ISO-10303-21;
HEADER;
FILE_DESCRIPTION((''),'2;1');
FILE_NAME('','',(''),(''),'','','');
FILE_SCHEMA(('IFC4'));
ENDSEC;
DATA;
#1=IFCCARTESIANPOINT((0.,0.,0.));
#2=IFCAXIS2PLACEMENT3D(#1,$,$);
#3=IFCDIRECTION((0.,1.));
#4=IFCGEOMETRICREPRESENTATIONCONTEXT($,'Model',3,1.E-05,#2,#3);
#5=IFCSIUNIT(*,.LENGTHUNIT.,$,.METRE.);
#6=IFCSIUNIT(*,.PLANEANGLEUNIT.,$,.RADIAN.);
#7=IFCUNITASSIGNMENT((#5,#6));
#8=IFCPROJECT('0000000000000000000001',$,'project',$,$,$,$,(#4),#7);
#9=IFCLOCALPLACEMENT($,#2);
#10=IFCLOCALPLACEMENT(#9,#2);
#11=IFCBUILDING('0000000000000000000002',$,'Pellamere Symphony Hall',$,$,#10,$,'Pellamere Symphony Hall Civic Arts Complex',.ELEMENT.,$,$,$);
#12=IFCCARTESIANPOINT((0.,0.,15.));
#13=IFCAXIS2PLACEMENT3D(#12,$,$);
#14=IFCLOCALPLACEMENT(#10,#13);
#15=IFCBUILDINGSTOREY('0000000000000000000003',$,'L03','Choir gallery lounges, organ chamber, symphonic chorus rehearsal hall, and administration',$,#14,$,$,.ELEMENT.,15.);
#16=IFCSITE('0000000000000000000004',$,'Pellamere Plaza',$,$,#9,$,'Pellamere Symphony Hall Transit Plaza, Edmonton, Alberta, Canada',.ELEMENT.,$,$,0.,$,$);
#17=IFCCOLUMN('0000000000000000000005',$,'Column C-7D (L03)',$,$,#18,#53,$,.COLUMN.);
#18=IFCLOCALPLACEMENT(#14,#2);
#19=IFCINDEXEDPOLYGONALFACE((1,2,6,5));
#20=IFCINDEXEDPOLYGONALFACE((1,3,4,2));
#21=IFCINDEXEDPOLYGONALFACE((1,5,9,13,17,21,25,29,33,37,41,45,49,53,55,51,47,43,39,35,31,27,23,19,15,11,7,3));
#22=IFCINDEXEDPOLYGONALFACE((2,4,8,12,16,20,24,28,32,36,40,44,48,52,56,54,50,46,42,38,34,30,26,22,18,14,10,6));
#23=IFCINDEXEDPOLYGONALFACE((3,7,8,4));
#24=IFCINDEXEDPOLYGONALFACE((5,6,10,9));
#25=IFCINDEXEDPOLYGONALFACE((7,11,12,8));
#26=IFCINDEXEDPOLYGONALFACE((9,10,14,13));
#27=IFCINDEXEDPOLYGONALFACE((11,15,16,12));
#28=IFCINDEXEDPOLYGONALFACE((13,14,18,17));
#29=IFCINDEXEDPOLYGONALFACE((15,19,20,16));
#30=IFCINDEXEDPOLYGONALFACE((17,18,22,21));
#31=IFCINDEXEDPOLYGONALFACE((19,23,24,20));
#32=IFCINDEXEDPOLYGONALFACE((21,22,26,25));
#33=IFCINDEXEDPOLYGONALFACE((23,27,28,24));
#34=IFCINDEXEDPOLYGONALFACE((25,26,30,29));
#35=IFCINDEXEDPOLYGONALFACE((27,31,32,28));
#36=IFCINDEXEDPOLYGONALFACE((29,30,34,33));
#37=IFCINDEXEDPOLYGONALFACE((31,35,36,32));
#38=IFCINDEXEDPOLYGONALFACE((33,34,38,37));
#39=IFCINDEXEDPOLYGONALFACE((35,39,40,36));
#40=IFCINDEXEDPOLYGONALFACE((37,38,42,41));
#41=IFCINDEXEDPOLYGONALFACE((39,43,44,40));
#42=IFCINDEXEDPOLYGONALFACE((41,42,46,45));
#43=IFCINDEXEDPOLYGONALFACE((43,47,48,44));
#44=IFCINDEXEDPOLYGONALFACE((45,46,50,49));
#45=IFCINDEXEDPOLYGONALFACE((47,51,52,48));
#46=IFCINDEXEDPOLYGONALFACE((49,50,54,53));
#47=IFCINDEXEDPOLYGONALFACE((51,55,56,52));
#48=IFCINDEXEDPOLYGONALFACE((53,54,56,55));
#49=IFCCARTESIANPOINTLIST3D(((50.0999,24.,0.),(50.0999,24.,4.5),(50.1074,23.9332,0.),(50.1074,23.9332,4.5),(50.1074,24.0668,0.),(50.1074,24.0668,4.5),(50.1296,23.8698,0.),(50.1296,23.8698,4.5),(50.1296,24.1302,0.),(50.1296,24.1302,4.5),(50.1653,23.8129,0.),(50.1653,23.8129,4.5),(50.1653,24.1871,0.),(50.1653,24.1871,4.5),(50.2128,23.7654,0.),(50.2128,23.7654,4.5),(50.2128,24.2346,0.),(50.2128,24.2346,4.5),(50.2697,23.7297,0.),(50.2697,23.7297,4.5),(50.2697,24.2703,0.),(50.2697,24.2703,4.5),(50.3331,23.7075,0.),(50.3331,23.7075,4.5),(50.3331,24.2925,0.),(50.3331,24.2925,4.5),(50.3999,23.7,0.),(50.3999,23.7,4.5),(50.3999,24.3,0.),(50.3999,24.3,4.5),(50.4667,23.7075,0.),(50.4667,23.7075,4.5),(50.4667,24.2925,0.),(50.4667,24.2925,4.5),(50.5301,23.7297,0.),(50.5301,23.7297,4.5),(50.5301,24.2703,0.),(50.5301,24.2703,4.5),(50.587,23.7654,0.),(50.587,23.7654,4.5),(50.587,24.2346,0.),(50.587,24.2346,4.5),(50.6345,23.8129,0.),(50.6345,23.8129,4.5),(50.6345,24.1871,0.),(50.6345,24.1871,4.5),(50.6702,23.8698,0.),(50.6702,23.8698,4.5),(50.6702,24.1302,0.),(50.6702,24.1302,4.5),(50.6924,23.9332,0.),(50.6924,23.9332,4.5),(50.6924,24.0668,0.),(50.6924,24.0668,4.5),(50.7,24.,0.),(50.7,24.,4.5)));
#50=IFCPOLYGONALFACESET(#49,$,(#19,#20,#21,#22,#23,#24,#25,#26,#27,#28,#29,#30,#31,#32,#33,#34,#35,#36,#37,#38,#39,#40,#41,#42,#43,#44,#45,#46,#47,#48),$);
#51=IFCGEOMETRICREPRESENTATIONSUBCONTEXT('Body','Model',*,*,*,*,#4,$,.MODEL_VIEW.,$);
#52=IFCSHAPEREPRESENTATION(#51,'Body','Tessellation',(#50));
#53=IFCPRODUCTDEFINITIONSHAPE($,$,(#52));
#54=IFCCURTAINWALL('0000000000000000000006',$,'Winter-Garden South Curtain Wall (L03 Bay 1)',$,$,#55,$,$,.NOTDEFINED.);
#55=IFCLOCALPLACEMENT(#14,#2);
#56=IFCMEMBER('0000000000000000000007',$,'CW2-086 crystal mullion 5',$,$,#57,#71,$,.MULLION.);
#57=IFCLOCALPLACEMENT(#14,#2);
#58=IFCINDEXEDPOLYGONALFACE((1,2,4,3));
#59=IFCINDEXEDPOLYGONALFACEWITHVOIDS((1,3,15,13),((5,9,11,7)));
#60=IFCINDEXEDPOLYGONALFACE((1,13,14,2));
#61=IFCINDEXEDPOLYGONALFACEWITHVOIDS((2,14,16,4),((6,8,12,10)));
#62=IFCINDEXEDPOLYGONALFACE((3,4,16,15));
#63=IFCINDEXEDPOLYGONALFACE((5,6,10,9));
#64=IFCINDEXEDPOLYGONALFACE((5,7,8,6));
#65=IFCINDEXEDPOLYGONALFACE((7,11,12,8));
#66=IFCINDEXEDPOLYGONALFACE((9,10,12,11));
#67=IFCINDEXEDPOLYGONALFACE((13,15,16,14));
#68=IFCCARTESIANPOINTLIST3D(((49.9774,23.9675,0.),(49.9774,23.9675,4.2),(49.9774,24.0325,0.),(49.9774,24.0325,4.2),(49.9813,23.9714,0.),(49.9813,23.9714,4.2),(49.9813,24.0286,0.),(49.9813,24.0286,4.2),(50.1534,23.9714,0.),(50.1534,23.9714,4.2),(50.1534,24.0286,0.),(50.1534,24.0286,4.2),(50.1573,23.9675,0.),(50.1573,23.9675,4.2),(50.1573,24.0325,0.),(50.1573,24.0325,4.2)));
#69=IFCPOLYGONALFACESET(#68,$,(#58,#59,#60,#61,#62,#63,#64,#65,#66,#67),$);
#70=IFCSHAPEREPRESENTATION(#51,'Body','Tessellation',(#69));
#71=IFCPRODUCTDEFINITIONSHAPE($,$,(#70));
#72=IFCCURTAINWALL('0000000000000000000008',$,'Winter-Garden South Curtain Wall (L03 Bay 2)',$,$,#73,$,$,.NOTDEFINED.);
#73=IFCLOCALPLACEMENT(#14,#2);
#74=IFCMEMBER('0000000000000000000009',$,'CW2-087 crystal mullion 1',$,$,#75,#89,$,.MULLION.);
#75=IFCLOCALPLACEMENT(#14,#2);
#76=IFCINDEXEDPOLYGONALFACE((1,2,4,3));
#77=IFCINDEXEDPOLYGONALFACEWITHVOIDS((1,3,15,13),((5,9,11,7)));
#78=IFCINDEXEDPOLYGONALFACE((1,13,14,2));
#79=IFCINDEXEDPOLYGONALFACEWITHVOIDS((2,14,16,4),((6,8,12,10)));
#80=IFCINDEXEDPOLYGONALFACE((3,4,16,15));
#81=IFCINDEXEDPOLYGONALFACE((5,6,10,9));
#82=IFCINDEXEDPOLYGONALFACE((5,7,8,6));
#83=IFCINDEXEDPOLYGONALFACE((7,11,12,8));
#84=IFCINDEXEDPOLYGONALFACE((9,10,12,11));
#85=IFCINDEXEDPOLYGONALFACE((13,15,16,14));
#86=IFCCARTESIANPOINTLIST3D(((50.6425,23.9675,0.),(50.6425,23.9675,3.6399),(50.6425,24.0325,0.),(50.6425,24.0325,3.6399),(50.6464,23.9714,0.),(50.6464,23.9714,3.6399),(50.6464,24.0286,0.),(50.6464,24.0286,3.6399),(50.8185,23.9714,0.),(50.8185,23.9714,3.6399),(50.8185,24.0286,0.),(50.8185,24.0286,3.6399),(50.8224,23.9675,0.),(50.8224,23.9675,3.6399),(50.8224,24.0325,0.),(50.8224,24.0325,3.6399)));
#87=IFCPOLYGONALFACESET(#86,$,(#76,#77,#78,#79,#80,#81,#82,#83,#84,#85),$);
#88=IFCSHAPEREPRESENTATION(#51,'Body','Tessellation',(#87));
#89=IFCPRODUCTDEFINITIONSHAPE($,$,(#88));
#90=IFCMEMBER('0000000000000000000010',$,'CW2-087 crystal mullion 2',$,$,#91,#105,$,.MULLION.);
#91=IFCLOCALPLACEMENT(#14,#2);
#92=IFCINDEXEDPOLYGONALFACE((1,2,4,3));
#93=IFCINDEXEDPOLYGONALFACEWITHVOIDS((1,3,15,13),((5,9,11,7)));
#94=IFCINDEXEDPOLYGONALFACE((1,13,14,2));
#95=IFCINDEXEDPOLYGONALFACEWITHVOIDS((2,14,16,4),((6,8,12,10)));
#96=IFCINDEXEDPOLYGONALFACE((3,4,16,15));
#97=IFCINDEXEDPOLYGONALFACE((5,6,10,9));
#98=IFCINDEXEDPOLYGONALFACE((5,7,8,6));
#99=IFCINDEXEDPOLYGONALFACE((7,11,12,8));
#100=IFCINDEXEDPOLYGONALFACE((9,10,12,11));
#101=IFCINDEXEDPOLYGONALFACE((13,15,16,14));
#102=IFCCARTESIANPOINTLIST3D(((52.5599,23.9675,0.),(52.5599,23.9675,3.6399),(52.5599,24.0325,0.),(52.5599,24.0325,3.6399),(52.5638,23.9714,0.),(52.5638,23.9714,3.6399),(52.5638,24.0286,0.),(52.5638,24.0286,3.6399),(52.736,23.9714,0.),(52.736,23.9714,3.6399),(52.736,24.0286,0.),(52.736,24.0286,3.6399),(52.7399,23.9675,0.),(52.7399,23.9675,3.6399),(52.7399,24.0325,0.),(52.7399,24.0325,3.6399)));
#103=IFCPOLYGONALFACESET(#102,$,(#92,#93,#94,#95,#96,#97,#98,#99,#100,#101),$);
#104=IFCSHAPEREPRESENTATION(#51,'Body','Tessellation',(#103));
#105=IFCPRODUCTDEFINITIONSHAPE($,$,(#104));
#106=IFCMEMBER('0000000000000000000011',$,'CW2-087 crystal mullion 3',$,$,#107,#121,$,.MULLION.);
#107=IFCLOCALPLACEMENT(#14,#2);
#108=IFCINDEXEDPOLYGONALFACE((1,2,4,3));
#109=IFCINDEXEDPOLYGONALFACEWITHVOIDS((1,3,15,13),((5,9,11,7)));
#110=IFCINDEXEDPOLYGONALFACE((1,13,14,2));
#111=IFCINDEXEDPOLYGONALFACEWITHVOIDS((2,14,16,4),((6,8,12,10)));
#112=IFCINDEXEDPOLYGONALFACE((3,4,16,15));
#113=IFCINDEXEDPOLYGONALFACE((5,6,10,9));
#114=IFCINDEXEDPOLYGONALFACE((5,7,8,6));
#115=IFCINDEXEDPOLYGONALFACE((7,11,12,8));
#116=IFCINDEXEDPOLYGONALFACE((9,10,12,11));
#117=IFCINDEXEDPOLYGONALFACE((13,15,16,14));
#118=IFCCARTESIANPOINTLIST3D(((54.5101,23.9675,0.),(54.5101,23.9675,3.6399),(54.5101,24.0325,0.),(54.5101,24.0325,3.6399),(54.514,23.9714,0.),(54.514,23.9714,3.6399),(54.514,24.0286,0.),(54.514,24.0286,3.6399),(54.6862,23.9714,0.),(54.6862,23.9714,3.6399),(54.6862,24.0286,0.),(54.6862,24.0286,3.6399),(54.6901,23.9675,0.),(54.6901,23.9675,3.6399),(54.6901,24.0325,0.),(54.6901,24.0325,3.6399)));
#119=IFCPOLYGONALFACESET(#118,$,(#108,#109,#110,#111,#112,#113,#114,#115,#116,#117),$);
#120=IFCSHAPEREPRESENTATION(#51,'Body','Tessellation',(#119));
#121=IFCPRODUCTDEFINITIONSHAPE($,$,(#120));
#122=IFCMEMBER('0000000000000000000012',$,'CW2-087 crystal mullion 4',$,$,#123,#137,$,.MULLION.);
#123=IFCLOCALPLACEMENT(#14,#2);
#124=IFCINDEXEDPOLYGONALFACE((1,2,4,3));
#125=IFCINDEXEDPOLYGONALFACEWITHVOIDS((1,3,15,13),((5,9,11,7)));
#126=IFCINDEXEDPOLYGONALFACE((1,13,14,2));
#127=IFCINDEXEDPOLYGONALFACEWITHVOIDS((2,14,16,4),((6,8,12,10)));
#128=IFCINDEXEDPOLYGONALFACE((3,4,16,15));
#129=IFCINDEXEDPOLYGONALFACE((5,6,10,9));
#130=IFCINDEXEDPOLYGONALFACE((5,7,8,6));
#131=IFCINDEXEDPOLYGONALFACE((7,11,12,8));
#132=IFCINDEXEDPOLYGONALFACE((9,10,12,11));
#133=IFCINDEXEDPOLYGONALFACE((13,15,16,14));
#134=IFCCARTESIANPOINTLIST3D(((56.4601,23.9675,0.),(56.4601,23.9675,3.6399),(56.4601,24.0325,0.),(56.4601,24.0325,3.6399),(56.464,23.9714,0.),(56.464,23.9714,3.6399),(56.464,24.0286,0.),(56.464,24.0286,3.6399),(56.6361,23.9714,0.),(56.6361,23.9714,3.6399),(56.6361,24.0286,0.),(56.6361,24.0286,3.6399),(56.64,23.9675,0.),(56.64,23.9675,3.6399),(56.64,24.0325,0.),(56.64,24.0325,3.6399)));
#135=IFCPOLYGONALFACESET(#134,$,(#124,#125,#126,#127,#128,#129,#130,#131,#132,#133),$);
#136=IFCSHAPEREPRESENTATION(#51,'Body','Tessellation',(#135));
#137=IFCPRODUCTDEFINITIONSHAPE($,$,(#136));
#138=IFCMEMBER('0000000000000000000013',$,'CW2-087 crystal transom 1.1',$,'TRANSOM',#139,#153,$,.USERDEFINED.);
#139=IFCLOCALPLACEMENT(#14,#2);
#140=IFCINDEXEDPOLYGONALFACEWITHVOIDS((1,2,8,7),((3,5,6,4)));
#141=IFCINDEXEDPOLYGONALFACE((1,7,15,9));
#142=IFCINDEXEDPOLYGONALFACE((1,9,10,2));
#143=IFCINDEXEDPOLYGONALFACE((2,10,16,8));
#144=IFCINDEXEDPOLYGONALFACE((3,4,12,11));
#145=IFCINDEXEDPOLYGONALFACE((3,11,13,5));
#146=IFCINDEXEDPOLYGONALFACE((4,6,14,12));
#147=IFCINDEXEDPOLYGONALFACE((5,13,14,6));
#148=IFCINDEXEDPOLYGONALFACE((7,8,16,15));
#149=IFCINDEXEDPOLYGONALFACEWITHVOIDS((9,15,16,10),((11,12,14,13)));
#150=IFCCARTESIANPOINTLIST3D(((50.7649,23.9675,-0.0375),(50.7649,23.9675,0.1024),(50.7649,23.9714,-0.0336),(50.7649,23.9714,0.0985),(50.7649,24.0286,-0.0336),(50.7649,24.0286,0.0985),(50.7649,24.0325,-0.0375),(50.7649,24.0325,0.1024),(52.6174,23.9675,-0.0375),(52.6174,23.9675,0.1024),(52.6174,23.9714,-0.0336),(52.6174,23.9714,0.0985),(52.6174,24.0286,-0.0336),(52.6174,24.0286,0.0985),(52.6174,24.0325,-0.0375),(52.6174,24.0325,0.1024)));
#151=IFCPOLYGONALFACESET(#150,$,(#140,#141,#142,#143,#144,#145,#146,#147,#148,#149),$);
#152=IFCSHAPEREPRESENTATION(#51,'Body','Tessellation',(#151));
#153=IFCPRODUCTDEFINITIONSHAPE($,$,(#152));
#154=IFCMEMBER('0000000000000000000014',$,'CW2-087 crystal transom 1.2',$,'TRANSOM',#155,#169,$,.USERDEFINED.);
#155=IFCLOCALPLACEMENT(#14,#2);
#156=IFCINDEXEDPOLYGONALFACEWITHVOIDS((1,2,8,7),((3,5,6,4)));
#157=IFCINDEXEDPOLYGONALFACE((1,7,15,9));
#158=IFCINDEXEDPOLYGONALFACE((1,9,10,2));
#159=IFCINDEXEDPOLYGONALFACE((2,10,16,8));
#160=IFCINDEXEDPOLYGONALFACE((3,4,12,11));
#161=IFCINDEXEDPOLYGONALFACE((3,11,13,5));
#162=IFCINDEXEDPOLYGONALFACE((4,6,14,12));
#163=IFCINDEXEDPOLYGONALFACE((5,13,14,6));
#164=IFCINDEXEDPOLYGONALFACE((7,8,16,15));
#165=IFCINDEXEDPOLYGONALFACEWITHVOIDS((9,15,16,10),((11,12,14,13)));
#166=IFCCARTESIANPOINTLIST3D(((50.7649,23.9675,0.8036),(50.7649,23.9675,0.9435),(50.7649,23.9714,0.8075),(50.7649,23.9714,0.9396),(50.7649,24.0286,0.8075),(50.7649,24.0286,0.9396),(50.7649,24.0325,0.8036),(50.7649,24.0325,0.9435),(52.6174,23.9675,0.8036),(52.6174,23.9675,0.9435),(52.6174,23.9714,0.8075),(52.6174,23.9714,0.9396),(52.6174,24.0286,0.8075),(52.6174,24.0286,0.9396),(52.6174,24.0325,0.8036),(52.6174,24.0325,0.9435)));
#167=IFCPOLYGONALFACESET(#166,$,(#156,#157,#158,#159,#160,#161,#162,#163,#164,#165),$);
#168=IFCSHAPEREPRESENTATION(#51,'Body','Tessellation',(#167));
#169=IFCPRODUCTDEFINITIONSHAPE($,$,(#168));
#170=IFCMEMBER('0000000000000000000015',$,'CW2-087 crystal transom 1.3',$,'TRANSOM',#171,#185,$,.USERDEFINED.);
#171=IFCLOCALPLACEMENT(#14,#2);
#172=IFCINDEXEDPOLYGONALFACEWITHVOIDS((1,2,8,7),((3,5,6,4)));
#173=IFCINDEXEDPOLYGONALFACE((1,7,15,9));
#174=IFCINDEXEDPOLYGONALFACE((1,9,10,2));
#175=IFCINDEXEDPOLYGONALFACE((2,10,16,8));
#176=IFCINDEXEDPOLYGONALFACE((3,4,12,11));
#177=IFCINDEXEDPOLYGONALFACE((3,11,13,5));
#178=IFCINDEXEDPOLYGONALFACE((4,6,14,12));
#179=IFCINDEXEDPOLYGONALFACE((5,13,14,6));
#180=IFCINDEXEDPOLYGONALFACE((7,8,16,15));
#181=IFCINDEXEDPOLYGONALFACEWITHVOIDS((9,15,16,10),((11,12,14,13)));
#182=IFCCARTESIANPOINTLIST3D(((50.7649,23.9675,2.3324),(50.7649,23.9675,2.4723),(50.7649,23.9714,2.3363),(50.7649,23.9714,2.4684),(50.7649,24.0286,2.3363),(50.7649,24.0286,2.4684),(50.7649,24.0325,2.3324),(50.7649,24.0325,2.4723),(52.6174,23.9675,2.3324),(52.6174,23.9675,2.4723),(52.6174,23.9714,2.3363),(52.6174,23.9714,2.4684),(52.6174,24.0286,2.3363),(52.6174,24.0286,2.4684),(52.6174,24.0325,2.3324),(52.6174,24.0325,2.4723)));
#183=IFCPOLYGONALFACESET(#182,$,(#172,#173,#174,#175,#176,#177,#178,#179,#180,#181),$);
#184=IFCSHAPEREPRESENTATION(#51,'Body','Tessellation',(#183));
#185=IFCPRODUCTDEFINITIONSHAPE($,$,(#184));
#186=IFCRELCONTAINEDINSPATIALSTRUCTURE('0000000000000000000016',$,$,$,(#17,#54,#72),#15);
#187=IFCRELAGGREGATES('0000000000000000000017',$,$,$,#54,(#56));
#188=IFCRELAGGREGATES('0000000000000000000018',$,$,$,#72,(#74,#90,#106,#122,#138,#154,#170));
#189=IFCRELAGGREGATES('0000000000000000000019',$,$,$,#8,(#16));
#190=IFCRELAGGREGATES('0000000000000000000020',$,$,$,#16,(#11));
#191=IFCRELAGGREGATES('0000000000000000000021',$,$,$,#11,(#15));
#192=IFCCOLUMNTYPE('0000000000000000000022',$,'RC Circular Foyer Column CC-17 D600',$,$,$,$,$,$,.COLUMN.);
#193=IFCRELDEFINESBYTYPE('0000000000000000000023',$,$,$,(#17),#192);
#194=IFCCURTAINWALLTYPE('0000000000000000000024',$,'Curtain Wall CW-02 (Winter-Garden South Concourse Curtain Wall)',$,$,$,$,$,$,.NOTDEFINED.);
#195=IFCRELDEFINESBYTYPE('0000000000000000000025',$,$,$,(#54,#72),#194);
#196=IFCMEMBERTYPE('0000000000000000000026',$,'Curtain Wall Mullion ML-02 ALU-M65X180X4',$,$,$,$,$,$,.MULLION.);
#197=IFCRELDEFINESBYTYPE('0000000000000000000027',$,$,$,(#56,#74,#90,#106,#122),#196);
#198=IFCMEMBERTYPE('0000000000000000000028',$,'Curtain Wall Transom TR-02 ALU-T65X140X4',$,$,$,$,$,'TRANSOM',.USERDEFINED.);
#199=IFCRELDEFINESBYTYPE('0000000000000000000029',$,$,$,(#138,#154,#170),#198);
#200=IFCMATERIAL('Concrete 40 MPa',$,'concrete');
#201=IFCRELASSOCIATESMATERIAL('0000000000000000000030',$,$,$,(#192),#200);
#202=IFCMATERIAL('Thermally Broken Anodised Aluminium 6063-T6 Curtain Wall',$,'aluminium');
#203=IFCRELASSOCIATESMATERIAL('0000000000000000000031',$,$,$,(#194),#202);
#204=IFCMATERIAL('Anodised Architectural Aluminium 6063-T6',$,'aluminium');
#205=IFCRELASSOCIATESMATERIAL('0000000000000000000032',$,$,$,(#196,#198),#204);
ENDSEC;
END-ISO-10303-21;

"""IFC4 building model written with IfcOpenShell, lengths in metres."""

from ifc_helpers import new_model, si_unit, direction, frame, origin, origin_2d, place, context, subcontext, project, spatial, hollow_rectangle, circle, extrude, material, material_profile, profile_set, type_object, element, aggregate, save


model = new_model("IFC4")

# Units and contexts
model_context = context("Model", 3, precision=1e-05, world=origin(), true_north=direction((0.0, 1.0)))
body_context = subcontext(model_context, "Body", "Model", "MODEL_VIEW")
ifc_project = project(units=[si_unit("LENGTHUNIT", "METRE"), si_unit("PLANEANGLEUNIT", "RADIAN")], contexts=[model_context])

# Site, building, storey
site_placement = place(None, origin())
site = spatial("IfcSite", under=ifc_project, at=site_placement, Name="Pellamere Plaza", LongName="Pellamere Symphony Hall Transit Plaza, Edmonton, Alberta, Canada", CompositionType="ELEMENT", RefElevation=0.0)
building_placement = place(site_placement, origin())
building = spatial("IfcBuilding", under=site, at=building_placement, Name="Pellamere Symphony Hall", LongName="Pellamere Symphony Hall Civic Arts Complex", CompositionType="ELEMENT")
storey_placement = place(building_placement, frame((0.0, 0.0, 15.0)))
storey = spatial("IfcBuildingStorey", under=building, at=storey_placement, Name="L03", Description="Choir gallery lounges, organ chamber, symphonic chorus rehearsal hall, and administration", CompositionType="ELEMENT", Elevation=15.0)

# Column
ifc_material_1 = material(Name="Concrete 40 MPa", Category="concrete")
ifc_material_profile_1 = material_profile(ifc_material_1, circle(Radius=0.3, at=origin_2d()), Name="RCCOL D600")
ifc_profile_set_1 = profile_set([ifc_material_profile_1], Name="Concrete 40 MPa")
column_type = type_object("IfcColumnType", Name="RC Circular Foyer Column CC-17 D600", PredefinedType="COLUMN", material=ifc_profile_set_1)
column_placement = place(storey_placement, frame((50.3999, 24.0, 0.0), z_axis=(0.0, 0.0, 1.0), x_axis=(1.0, 0.0, 0.0)))
element("IfcColumn", 1, at=column_placement, inside=storey, type_object=column_type, Name="Column C-7D (L03)", PredefinedType="COLUMN", context=body_context, shape_type="SweptSolid", body=[
    extrude(circle(Radius=0.3, at=origin_2d()), origin(), (0.0, 0.0, 1.0), 4.5),
])

# Curtain wall, member
ifc_material_2 = material(Name="Thermally Broken Anodised Aluminium 6063-T6 Curtain Wall", Category="aluminium")
curtain_wall_type = type_object("IfcCurtainWallType", Name="Curtain Wall CW-02 (Winter-Garden South Concourse Curtain Wall)", PredefinedType="NOTDEFINED", material=ifc_material_2)
curtain_wall_1_placement = place(storey_placement, origin())
curtain_wall_1 = element("IfcCurtainWall", 2, at=curtain_wall_1_placement, inside=storey, type_object=curtain_wall_type, Name="Winter-Garden South Curtain Wall (L03 Bay 1)", PredefinedType="NOTDEFINED")
ifc_material_3 = material(Name="Anodised Architectural Aluminium 6063-T6", Category="aluminium")
ifc_material_profile_2 = material_profile(ifc_material_3, hollow_rectangle(XDim=0.0649, YDim=0.1799, WallThickness=0.0039, at=origin_2d()), Name="ALU-M65X180X4")
ifc_profile_set_2 = profile_set([ifc_material_profile_2], Name="Anodised Architectural Aluminium 6063-T6")
member_type_1 = type_object("IfcMemberType", Name="Curtain Wall Mullion ML-02 ALU-M65X180X4", PredefinedType="MULLION", material=ifc_profile_set_2)
member_1_placement = place(storey_placement, frame((50.0674, 24.0, 0.0), z_axis=(0.0, 0.0, 1.0), x_axis=(0.0, 1.0, 0.0)))
member_1 = element("IfcMember", 3, at=member_1_placement, type_object=member_type_1, Name="CW2-086 crystal mullion 5", PredefinedType="MULLION", context=body_context, shape_type="SweptSolid", body=[
    extrude(hollow_rectangle(XDim=0.0649, YDim=0.1799, WallThickness=0.0039, at=origin_2d()), origin(), (0.0, 0.0, 1.0), 4.2),
])
aggregate(curtain_wall_1, [member_1])

# Curtain wall, members
curtain_wall_2_placement = place(storey_placement, origin())
curtain_wall_2 = element("IfcCurtainWall", 4, at=curtain_wall_2_placement, inside=storey, type_object=curtain_wall_type, Name="Winter-Garden South Curtain Wall (L03 Bay 2)", PredefinedType="NOTDEFINED")
member_2_placement = place(storey_placement, frame((50.7324, 24.0, 0.0), z_axis=(0.0, 0.0, 1.0), x_axis=(0.0, 1.0, 0.0)))
member_2 = element("IfcMember", 5, at=member_2_placement, type_object=member_type_1, Name="CW2-087 crystal mullion 1", PredefinedType="MULLION", context=body_context, shape_type="SweptSolid", body=[
    extrude(hollow_rectangle(XDim=0.0649, YDim=0.1799, WallThickness=0.0039, at=origin_2d()), origin(), (0.0, 0.0, 1.0), 3.6399),
])
member_3_placement = place(storey_placement, frame((52.6499, 24.0, 0.0), z_axis=(0.0, 0.0, 1.0), x_axis=(0.0, 1.0, 0.0)))
member_3 = element("IfcMember", 6, at=member_3_placement, type_object=member_type_1, Name="CW2-087 crystal mullion 2", PredefinedType="MULLION", context=body_context, shape_type="SweptSolid", body=[
    extrude(hollow_rectangle(XDim=0.0649, YDim=0.1799, WallThickness=0.0039, at=origin_2d()), origin(), (0.0, 0.0, 1.0), 3.6399),
])
member_4_placement = place(storey_placement, frame((54.6001, 24.0, 0.0), z_axis=(0.0, 0.0, 1.0), x_axis=(0.0, 1.0, 0.0)))
member_4 = element("IfcMember", 7, at=member_4_placement, type_object=member_type_1, Name="CW2-087 crystal mullion 3", PredefinedType="MULLION", context=body_context, shape_type="SweptSolid", body=[
    extrude(hollow_rectangle(XDim=0.0649, YDim=0.1799, WallThickness=0.0039, at=origin_2d()), origin(), (0.0, 0.0, 1.0), 3.6399),
])
member_5_placement = place(storey_placement, frame((56.55, 24.0, 0.0), z_axis=(0.0, 0.0, 1.0), x_axis=(0.0, 1.0, 0.0)))
member_5 = element("IfcMember", 8, at=member_5_placement, type_object=member_type_1, Name="CW2-087 crystal mullion 4", PredefinedType="MULLION", context=body_context, shape_type="SweptSolid", body=[
    extrude(hollow_rectangle(XDim=0.0649, YDim=0.1799, WallThickness=0.0039, at=origin_2d()), origin(), (0.0, 0.0, 1.0), 3.6399),
])
ifc_material_profile_3 = material_profile(ifc_material_3, hollow_rectangle(XDim=0.0649, YDim=0.1399, WallThickness=0.0039, at=origin_2d()), Name="ALU-T65X140X4")
ifc_profile_set_3 = profile_set([ifc_material_profile_3], Name="Anodised Architectural Aluminium 6063-T6")
member_type_2 = type_object("IfcMemberType", Name="Curtain Wall Transom TR-02 ALU-T65X140X4", ElementType="TRANSOM", PredefinedType="USERDEFINED", material=ifc_profile_set_3)
member_6_placement = place(storey_placement, frame((50.7649, 24.0, 0.0325), z_axis=(1.0, 0.0, 0.0), x_axis=(0.0, 1.0, 0.0)))
member_6 = element("IfcMember", 9, at=member_6_placement, type_object=member_type_2, Name="CW2-087 crystal transom 1.1", ObjectType="TRANSOM", PredefinedType="USERDEFINED", context=body_context, shape_type="SweptSolid", body=[
    extrude(hollow_rectangle(XDim=0.0649, YDim=0.1399, WallThickness=0.0039, at=origin_2d()), origin(), (0.0, 0.0, 1.0), 1.8525),
])
member_7_placement = place(storey_placement, frame((50.7649, 24.0, 0.8735), z_axis=(1.0, 0.0, 0.0), x_axis=(0.0, 1.0, 0.0)))
member_7 = element("IfcMember", 10, at=member_7_placement, type_object=member_type_2, Name="CW2-087 crystal transom 1.2", ObjectType="TRANSOM", PredefinedType="USERDEFINED", context=body_context, shape_type="SweptSolid", body=[
    extrude(hollow_rectangle(XDim=0.0649, YDim=0.1399, WallThickness=0.0039, at=origin_2d()), origin(), (0.0, 0.0, 1.0), 1.8525),
])
member_8_placement = place(storey_placement, frame((50.7649, 24.0, 2.4023), z_axis=(1.0, 0.0, 0.0), x_axis=(0.0, 1.0, 0.0)))
member_8 = element("IfcMember", 11, at=member_8_placement, type_object=member_type_2, Name="CW2-087 crystal transom 1.3", ObjectType="TRANSOM", PredefinedType="USERDEFINED", context=body_context, shape_type="SweptSolid", body=[
    extrude(hollow_rectangle(XDim=0.0649, YDim=0.1399, WallThickness=0.0039, at=origin_2d()), origin(), (0.0, 0.0, 1.0), 1.8525),
])

aggregate(curtain_wall_2, [member_2, member_3, member_4, member_5, member_6, member_7, member_8])

save(model, "model.ifc")
